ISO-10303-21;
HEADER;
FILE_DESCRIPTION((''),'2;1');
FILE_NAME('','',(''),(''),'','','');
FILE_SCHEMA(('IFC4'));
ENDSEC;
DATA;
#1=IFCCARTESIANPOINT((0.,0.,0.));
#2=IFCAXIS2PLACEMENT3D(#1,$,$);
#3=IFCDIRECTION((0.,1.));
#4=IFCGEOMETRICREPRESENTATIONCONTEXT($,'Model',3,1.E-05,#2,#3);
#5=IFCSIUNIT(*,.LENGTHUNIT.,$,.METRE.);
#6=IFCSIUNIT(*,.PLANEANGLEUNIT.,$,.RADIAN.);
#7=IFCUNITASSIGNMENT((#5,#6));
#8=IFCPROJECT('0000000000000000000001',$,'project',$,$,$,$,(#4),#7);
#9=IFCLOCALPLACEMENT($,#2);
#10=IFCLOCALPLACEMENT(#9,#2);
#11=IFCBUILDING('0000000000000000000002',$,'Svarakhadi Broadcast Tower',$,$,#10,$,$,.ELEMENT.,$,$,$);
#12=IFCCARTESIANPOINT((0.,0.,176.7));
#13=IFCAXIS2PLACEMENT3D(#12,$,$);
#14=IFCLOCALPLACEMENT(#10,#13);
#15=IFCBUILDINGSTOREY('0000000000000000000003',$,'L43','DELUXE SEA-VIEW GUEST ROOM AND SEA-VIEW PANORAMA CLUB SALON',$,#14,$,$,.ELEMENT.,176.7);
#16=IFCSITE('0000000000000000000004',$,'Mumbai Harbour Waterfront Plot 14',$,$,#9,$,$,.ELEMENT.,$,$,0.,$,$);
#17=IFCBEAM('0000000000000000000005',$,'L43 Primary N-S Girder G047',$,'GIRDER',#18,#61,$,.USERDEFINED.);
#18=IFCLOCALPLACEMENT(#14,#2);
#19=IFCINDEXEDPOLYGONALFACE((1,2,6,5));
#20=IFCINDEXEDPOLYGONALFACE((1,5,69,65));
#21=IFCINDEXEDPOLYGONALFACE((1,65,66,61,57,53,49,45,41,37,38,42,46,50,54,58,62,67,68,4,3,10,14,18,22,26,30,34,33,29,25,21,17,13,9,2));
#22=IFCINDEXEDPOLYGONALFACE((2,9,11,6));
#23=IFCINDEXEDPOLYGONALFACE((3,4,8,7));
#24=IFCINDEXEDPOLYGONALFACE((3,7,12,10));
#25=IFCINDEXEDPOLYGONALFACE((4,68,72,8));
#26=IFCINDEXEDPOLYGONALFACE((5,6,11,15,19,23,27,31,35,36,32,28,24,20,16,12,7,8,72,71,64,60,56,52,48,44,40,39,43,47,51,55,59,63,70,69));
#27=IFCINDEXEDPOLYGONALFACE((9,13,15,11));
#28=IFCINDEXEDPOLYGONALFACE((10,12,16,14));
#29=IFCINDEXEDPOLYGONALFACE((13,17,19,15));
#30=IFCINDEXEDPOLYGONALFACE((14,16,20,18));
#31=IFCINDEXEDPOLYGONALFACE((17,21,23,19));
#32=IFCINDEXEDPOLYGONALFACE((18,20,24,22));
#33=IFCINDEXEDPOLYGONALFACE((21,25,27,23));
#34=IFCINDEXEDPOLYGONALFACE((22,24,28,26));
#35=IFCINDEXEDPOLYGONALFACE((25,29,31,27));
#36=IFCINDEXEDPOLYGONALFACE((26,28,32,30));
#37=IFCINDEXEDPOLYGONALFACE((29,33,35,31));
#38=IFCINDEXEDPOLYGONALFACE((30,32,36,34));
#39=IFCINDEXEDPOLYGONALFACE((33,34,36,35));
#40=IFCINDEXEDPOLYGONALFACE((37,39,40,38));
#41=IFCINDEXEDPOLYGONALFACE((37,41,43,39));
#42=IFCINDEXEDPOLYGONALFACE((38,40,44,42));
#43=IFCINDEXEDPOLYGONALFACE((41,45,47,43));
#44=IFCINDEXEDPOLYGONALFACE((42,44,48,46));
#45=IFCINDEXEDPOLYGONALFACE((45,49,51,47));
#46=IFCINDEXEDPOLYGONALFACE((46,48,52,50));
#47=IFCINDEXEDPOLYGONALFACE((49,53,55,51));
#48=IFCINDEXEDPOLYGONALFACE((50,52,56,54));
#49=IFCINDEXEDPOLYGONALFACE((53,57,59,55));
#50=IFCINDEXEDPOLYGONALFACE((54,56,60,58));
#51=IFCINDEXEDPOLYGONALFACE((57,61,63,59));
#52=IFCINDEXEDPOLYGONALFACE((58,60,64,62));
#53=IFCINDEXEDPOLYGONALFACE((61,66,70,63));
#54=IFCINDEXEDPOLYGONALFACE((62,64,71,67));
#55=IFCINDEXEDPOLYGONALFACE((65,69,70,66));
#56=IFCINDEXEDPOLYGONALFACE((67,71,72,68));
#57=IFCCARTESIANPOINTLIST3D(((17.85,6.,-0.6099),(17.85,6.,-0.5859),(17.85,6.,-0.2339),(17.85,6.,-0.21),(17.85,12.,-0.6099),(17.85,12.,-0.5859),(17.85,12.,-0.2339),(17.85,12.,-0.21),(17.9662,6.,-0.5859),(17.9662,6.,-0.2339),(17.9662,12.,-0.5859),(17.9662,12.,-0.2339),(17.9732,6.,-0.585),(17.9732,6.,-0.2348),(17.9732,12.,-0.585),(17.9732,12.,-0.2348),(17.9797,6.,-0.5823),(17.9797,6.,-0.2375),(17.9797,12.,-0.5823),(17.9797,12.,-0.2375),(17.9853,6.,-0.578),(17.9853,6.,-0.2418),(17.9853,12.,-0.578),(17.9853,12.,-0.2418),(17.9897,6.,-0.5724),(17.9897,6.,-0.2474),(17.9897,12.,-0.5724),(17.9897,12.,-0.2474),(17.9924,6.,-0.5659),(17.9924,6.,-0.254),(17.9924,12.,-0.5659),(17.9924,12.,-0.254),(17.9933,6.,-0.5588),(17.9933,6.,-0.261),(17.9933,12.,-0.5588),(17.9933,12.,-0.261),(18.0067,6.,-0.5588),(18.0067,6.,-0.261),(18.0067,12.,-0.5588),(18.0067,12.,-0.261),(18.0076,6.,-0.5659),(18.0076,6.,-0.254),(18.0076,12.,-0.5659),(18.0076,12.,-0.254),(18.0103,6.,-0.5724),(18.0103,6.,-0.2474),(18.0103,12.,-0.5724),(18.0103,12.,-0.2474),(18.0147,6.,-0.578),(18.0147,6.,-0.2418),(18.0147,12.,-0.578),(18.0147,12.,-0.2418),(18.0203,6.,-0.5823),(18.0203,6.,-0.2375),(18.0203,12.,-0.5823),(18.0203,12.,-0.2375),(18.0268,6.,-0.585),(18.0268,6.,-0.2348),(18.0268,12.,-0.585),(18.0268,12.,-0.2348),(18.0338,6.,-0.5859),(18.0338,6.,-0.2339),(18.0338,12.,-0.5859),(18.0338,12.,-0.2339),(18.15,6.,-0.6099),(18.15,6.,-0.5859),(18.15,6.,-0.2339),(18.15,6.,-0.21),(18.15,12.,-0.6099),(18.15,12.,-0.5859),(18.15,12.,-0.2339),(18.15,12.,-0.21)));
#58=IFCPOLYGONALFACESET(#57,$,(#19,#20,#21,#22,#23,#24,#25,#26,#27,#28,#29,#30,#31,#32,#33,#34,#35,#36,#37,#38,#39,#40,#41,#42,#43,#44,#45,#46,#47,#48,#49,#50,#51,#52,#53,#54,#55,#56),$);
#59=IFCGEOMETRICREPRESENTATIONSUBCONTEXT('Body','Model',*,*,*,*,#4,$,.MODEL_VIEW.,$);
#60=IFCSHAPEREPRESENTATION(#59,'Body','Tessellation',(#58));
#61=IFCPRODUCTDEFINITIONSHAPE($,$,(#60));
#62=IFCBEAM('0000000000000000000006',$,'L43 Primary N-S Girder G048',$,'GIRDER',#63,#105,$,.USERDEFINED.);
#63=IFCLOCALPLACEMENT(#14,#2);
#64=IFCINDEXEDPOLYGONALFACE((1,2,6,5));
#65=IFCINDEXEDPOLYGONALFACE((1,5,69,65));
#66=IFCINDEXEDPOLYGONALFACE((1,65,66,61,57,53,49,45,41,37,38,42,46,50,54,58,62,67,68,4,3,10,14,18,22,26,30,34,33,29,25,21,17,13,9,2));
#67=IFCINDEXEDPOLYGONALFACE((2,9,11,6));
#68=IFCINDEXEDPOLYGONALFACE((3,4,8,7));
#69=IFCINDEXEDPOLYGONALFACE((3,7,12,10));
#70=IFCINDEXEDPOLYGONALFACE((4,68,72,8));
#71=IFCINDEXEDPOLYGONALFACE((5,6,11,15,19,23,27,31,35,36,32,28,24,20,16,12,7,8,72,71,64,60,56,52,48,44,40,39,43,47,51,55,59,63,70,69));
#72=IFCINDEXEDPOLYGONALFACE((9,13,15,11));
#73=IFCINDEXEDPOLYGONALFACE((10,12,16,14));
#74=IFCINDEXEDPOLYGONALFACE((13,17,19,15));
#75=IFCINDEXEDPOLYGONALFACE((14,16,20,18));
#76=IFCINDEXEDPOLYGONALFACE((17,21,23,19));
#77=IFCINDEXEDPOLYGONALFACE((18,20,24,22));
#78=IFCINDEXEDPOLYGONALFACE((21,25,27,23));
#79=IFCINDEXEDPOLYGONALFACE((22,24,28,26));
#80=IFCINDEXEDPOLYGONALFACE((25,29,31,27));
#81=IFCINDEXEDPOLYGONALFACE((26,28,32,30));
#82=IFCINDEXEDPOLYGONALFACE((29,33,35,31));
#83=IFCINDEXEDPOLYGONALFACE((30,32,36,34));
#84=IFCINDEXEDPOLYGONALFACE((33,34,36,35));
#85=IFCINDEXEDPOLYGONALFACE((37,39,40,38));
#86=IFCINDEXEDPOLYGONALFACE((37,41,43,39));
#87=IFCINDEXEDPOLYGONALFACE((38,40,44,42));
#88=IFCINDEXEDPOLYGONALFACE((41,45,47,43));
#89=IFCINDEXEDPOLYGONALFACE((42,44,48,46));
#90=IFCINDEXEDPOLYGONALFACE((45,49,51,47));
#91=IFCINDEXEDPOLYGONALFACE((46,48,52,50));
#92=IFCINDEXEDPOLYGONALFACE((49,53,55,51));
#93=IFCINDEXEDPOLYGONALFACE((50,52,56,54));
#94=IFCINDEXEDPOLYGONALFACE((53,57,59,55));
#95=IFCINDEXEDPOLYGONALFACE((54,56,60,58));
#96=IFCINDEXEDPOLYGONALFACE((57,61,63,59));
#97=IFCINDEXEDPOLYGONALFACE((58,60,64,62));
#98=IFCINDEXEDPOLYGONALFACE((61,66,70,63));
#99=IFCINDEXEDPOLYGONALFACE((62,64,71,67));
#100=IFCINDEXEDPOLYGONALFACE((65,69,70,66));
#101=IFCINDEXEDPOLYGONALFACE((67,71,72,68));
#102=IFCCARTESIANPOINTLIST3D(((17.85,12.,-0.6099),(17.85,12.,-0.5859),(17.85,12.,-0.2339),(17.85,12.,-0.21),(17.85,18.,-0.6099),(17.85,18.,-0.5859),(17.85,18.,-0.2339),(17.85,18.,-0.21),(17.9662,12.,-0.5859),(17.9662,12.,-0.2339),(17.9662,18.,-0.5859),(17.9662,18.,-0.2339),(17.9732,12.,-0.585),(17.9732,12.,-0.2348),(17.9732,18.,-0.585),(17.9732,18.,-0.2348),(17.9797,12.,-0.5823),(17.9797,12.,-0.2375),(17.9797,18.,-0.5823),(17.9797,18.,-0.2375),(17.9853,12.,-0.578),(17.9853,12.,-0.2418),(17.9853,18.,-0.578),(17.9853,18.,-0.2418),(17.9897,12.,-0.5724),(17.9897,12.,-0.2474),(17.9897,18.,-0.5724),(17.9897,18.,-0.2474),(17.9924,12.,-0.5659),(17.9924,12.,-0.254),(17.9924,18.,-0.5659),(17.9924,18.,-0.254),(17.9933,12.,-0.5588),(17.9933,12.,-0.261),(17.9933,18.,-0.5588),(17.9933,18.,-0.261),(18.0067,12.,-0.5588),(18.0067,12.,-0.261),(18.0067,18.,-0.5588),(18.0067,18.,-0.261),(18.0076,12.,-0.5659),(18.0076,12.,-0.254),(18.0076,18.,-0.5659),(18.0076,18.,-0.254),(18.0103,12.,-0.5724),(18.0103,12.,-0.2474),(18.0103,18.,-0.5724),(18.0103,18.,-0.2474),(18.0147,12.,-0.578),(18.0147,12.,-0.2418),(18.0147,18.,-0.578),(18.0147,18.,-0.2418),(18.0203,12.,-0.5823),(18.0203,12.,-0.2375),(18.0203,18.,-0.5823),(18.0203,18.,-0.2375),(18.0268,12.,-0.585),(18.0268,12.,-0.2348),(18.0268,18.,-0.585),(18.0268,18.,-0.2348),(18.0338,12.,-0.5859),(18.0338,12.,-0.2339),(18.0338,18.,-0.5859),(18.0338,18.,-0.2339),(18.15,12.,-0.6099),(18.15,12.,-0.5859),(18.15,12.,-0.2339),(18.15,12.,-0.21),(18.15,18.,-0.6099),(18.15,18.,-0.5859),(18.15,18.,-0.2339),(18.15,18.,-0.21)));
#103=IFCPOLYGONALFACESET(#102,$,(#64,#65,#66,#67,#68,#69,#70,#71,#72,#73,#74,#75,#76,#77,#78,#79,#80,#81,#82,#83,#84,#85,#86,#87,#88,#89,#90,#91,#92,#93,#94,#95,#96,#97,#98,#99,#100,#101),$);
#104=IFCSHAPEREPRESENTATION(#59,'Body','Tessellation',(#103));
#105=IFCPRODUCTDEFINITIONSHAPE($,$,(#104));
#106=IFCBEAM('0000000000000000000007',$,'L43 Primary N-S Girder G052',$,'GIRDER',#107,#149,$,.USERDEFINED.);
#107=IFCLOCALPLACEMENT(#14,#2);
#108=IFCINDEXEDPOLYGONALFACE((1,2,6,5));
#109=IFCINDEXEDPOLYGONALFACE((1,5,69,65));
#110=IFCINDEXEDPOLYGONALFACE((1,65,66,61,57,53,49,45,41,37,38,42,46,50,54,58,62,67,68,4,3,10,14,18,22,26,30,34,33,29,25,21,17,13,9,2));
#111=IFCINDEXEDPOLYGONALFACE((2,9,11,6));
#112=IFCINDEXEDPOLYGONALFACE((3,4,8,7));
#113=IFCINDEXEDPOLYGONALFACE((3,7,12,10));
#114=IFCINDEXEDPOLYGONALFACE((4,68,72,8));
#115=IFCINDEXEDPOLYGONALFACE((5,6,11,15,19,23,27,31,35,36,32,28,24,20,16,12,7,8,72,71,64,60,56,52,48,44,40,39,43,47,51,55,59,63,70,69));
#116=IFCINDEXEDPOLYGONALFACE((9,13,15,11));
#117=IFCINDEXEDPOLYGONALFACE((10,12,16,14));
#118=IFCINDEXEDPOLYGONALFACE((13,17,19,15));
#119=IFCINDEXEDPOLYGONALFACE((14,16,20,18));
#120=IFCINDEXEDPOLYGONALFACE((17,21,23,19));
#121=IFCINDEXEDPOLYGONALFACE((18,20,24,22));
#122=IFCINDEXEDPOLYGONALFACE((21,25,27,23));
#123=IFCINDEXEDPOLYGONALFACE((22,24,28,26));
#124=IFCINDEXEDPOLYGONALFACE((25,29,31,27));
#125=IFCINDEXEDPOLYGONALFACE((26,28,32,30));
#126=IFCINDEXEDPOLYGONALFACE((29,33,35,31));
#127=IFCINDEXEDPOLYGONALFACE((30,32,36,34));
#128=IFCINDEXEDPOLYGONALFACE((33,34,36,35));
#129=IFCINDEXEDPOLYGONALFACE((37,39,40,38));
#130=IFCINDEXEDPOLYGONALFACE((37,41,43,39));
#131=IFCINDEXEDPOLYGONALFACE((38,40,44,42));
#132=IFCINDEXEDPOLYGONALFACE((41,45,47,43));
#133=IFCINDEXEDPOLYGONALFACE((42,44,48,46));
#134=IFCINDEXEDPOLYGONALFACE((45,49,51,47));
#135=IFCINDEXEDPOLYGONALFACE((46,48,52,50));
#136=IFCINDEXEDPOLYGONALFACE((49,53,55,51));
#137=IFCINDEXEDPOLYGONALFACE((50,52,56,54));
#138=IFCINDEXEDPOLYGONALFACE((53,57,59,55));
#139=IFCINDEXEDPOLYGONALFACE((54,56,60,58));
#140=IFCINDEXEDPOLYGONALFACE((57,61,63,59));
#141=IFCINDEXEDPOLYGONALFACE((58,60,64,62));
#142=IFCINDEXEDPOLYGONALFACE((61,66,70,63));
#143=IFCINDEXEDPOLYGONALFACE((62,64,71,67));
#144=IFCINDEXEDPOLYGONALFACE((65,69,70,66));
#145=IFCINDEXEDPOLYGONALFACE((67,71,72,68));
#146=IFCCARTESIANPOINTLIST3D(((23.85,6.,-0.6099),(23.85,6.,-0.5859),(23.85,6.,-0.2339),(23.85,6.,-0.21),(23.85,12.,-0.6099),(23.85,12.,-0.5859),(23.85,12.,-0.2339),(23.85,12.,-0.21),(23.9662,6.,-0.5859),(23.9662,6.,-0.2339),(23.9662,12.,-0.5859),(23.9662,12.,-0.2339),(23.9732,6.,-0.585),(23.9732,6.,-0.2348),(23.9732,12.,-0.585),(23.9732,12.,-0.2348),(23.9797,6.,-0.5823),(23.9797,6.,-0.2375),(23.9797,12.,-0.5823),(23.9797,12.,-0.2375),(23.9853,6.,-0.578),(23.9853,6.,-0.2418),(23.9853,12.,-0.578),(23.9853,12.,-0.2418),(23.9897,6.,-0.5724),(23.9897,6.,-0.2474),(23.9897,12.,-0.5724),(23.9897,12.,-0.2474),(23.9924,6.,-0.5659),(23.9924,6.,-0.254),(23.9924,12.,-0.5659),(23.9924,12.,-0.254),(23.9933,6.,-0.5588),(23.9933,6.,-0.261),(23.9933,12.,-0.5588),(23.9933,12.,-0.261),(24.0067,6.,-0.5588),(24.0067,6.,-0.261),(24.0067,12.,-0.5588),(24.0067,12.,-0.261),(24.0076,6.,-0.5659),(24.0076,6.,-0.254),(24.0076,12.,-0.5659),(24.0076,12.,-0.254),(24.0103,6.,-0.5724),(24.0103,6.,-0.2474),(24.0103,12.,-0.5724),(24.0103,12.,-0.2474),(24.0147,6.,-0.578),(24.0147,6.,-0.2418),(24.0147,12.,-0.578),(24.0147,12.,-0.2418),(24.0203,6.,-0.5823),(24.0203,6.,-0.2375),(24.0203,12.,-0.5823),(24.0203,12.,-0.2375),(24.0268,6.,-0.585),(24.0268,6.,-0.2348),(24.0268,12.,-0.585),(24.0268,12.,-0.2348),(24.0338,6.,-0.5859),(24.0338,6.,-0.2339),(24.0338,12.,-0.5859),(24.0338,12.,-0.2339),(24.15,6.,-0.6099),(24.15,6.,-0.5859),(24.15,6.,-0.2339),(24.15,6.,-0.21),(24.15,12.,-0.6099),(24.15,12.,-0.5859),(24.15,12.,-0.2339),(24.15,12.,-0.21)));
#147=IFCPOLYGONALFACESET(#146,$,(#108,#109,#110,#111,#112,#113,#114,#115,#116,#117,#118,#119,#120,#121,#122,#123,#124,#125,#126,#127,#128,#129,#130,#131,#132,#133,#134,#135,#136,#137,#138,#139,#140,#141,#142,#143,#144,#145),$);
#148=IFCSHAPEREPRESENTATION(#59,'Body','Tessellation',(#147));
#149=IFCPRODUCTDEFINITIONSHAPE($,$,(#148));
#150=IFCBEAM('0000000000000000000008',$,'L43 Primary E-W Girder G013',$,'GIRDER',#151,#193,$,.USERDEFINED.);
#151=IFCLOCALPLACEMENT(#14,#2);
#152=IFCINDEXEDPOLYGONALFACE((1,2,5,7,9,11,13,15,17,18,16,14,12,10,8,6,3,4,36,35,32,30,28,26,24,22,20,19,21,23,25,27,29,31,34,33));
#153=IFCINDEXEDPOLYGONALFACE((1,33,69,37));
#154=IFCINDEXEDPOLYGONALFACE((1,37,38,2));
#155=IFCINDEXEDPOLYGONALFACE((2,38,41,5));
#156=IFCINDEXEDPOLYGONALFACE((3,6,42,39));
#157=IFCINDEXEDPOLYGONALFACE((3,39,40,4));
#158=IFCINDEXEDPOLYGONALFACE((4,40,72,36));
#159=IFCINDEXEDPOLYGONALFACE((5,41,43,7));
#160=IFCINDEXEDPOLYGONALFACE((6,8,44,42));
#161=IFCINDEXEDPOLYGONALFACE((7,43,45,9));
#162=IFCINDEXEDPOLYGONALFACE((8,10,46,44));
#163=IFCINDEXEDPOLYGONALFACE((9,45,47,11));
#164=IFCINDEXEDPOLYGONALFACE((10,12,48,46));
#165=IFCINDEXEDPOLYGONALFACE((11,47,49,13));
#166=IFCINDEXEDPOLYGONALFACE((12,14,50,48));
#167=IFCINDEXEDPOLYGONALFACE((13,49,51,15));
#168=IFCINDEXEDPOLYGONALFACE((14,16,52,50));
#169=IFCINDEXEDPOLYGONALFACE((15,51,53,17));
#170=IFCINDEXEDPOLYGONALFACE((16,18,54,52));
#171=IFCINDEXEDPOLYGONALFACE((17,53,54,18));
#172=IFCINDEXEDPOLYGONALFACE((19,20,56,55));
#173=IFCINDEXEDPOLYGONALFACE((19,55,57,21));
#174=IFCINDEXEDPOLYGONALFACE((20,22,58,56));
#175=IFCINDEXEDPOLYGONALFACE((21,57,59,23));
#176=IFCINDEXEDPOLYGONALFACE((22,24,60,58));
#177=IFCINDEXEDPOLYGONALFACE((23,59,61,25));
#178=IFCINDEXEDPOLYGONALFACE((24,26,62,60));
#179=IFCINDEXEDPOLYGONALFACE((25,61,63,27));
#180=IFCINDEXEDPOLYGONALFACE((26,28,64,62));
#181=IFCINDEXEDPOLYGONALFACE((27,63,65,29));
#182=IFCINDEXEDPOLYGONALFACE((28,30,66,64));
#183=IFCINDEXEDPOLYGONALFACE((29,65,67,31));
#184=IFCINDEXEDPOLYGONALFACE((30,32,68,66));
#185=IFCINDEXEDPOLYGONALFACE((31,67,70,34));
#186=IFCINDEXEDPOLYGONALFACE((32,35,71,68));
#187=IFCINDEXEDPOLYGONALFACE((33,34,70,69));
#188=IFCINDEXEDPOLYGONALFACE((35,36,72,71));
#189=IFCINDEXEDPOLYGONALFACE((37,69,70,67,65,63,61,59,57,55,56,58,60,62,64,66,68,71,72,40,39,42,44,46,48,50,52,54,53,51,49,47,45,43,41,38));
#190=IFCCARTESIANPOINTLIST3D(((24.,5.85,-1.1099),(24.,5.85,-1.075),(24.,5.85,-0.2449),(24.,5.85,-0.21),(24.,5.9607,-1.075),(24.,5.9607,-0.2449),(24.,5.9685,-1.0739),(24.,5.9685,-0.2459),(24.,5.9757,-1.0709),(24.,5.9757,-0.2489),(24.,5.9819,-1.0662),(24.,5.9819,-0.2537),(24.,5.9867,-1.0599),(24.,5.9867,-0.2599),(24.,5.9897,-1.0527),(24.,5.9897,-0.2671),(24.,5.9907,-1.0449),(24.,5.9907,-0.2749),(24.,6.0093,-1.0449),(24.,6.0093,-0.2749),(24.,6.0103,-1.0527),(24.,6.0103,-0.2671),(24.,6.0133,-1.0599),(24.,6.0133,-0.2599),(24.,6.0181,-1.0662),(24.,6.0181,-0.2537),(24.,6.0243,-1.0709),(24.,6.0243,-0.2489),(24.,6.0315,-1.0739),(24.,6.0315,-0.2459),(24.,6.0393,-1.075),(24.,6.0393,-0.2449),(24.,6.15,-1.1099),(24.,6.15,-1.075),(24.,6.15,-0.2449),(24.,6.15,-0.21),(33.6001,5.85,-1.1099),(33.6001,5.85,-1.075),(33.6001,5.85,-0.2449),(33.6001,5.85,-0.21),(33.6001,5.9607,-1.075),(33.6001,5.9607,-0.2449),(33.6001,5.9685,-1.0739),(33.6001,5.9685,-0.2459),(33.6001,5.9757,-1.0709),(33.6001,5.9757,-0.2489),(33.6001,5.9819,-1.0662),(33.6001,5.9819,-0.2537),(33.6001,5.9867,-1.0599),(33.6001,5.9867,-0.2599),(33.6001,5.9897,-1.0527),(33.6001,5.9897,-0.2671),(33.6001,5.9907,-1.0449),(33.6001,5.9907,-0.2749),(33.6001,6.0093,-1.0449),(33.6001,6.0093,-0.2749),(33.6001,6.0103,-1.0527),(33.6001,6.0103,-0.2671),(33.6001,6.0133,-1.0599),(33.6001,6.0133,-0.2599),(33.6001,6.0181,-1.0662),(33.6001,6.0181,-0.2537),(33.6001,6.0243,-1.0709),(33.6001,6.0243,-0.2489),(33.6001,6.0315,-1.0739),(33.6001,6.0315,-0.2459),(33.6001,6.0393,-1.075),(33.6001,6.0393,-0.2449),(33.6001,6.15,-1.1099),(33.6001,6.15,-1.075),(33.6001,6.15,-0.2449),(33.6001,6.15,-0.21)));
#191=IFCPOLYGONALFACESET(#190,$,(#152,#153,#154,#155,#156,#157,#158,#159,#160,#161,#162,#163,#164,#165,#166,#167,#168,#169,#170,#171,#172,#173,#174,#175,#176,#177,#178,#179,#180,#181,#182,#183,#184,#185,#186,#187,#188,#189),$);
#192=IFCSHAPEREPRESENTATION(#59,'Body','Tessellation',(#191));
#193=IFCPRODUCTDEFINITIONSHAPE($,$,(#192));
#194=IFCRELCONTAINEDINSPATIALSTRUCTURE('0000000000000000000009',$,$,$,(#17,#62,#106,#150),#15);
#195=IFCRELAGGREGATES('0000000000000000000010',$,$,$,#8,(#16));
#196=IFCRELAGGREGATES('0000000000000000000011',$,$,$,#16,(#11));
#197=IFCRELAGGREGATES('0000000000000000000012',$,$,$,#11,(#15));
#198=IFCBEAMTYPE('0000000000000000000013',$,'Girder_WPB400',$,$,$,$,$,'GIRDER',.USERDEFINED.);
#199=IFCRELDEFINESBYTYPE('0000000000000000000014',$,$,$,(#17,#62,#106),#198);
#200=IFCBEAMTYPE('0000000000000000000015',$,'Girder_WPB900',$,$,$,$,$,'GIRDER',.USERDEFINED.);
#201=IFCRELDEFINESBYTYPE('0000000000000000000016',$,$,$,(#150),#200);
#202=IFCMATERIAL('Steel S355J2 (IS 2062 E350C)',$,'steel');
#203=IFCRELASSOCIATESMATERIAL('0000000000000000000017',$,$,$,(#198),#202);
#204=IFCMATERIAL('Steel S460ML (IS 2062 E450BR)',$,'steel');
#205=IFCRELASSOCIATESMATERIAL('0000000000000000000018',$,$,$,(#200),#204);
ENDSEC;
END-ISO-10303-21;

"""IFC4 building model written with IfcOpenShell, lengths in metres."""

from ifc_helpers import new_model, si_unit, direction, frame, origin, origin_2d, place, context, subcontext, project, spatial, i_section, extrude, material, material_profile, profile_set, type_object, element, save


model = new_model("IFC4")

# Units and contexts
model_context = context("Model", 3, precision=1e-05, world=origin(), true_north=direction((0.0, 1.0)))
body_context = subcontext(model_context, "Body", "Model", "MODEL_VIEW")
ifc_project = project(units=[si_unit("LENGTHUNIT", "METRE"), si_unit("PLANEANGLEUNIT", "RADIAN")], contexts=[model_context])

# Site, building, storey
site_placement = place(None, origin())
site = spatial("IfcSite", under=ifc_project, at=site_placement, Name="Mumbai Harbour Waterfront Plot 14", CompositionType="ELEMENT", RefElevation=0.0)
building_placement = place(site_placement, origin())
building = spatial("IfcBuilding", under=site, at=building_placement, Name="Svarakhadi Broadcast Tower", CompositionType="ELEMENT")
storey_placement = place(building_placement, frame((0.0, 0.0, 176.7)))
storey = spatial("IfcBuildingStorey", under=building, at=storey_placement, Name="L43", Description="DELUXE SEA-VIEW GUEST ROOM AND SEA-VIEW PANORAMA CLUB SALON", CompositionType="ELEMENT", Elevation=176.7)

# Beams
ifc_material_1 = material(Name="Steel S355J2 (IS 2062 E350C)", Category="steel")
ifc_material_profile_1 = material_profile(ifc_material_1, i_section(OverallWidth=0.3, OverallDepth=0.3999, WebThickness=0.0134, FlangeThickness=0.0239, FilletRadius=0.0271, at=origin_2d()), Name="WPB 400x300x155")
ifc_profile_set_1 = profile_set([ifc_material_profile_1], Name="Steel S355J2 (IS 2062 E350C)")
beam_type_1 = type_object("IfcBeamType", Name="Girder_WPB400", ElementType="GIRDER", PredefinedType="USERDEFINED", material=ifc_profile_set_1)
for number, where, z_axis, x_axis, name in (
    (1, (18.0, 6.0, -0.4099), (0.0, 1.0, 0.0), (-1.0, 0.0, 0.0), "L43 Primary N-S Girder G047"),
    (2, (18.0, 12.0, -0.4099), (0.0, 1.0, 0.0), (-1.0, 0.0, 0.0), "L43 Primary N-S Girder G048"),
    (3, (24.0, 6.0, -0.4099), (0.0, 1.0, 0.0), (-1.0, 0.0, 0.0), "L43 Primary N-S Girder G052"),
):
    element("IfcBeam", number, at=place(storey_placement, frame(where, z_axis=z_axis, x_axis=x_axis)), inside=storey, type_object=beam_type_1, Name=name, ObjectType="GIRDER", PredefinedType="USERDEFINED", context=body_context, shape_type="SweptSolid", body=[
        extrude(i_section(OverallWidth=0.3, OverallDepth=0.3999, WebThickness=0.0134, FlangeThickness=0.0239, FilletRadius=0.0271, at=origin_2d()), origin(), (0.0, 0.0, 1.0), 6.0),
    ])
ifc_material_2 = material(Name="Steel S460ML (IS 2062 E450BR)", Category="steel")
ifc_material_profile_2 = material_profile(ifc_material_2, i_section(OverallWidth=0.3, OverallDepth=0.8999, WebThickness=0.0186, FlangeThickness=0.0349, FilletRadius=0.03, at=origin_2d()), Name="WPB 900x300x291")
ifc_profile_set_2 = profile_set([ifc_material_profile_2], Name="Steel S460ML (IS 2062 E450BR)")
beam_type_2 = type_object("IfcBeamType", Name="Girder_WPB900", ElementType="GIRDER", PredefinedType="USERDEFINED", material=ifc_profile_set_2)
beam_1_placement = place(storey_placement, frame((24.0, 6.0, -0.6599), z_axis=(1.0, 0.0, 0.0), x_axis=(0.0, 1.0, 0.0)))
element("IfcBeam", 4, at=beam_1_placement, inside=storey, type_object=beam_type_2, Name="L43 Primary E-W Girder G013", ObjectType="GIRDER", PredefinedType="USERDEFINED", context=body_context, shape_type="SweptSolid", body=[
    extrude(i_section(OverallWidth=0.3, OverallDepth=0.8999, WebThickness=0.0186, FlangeThickness=0.0349, FilletRadius=0.03, at=origin_2d()), origin(), (0.0, 0.0, 1.0), 9.6001),
])

save(model, "model.ifc")
